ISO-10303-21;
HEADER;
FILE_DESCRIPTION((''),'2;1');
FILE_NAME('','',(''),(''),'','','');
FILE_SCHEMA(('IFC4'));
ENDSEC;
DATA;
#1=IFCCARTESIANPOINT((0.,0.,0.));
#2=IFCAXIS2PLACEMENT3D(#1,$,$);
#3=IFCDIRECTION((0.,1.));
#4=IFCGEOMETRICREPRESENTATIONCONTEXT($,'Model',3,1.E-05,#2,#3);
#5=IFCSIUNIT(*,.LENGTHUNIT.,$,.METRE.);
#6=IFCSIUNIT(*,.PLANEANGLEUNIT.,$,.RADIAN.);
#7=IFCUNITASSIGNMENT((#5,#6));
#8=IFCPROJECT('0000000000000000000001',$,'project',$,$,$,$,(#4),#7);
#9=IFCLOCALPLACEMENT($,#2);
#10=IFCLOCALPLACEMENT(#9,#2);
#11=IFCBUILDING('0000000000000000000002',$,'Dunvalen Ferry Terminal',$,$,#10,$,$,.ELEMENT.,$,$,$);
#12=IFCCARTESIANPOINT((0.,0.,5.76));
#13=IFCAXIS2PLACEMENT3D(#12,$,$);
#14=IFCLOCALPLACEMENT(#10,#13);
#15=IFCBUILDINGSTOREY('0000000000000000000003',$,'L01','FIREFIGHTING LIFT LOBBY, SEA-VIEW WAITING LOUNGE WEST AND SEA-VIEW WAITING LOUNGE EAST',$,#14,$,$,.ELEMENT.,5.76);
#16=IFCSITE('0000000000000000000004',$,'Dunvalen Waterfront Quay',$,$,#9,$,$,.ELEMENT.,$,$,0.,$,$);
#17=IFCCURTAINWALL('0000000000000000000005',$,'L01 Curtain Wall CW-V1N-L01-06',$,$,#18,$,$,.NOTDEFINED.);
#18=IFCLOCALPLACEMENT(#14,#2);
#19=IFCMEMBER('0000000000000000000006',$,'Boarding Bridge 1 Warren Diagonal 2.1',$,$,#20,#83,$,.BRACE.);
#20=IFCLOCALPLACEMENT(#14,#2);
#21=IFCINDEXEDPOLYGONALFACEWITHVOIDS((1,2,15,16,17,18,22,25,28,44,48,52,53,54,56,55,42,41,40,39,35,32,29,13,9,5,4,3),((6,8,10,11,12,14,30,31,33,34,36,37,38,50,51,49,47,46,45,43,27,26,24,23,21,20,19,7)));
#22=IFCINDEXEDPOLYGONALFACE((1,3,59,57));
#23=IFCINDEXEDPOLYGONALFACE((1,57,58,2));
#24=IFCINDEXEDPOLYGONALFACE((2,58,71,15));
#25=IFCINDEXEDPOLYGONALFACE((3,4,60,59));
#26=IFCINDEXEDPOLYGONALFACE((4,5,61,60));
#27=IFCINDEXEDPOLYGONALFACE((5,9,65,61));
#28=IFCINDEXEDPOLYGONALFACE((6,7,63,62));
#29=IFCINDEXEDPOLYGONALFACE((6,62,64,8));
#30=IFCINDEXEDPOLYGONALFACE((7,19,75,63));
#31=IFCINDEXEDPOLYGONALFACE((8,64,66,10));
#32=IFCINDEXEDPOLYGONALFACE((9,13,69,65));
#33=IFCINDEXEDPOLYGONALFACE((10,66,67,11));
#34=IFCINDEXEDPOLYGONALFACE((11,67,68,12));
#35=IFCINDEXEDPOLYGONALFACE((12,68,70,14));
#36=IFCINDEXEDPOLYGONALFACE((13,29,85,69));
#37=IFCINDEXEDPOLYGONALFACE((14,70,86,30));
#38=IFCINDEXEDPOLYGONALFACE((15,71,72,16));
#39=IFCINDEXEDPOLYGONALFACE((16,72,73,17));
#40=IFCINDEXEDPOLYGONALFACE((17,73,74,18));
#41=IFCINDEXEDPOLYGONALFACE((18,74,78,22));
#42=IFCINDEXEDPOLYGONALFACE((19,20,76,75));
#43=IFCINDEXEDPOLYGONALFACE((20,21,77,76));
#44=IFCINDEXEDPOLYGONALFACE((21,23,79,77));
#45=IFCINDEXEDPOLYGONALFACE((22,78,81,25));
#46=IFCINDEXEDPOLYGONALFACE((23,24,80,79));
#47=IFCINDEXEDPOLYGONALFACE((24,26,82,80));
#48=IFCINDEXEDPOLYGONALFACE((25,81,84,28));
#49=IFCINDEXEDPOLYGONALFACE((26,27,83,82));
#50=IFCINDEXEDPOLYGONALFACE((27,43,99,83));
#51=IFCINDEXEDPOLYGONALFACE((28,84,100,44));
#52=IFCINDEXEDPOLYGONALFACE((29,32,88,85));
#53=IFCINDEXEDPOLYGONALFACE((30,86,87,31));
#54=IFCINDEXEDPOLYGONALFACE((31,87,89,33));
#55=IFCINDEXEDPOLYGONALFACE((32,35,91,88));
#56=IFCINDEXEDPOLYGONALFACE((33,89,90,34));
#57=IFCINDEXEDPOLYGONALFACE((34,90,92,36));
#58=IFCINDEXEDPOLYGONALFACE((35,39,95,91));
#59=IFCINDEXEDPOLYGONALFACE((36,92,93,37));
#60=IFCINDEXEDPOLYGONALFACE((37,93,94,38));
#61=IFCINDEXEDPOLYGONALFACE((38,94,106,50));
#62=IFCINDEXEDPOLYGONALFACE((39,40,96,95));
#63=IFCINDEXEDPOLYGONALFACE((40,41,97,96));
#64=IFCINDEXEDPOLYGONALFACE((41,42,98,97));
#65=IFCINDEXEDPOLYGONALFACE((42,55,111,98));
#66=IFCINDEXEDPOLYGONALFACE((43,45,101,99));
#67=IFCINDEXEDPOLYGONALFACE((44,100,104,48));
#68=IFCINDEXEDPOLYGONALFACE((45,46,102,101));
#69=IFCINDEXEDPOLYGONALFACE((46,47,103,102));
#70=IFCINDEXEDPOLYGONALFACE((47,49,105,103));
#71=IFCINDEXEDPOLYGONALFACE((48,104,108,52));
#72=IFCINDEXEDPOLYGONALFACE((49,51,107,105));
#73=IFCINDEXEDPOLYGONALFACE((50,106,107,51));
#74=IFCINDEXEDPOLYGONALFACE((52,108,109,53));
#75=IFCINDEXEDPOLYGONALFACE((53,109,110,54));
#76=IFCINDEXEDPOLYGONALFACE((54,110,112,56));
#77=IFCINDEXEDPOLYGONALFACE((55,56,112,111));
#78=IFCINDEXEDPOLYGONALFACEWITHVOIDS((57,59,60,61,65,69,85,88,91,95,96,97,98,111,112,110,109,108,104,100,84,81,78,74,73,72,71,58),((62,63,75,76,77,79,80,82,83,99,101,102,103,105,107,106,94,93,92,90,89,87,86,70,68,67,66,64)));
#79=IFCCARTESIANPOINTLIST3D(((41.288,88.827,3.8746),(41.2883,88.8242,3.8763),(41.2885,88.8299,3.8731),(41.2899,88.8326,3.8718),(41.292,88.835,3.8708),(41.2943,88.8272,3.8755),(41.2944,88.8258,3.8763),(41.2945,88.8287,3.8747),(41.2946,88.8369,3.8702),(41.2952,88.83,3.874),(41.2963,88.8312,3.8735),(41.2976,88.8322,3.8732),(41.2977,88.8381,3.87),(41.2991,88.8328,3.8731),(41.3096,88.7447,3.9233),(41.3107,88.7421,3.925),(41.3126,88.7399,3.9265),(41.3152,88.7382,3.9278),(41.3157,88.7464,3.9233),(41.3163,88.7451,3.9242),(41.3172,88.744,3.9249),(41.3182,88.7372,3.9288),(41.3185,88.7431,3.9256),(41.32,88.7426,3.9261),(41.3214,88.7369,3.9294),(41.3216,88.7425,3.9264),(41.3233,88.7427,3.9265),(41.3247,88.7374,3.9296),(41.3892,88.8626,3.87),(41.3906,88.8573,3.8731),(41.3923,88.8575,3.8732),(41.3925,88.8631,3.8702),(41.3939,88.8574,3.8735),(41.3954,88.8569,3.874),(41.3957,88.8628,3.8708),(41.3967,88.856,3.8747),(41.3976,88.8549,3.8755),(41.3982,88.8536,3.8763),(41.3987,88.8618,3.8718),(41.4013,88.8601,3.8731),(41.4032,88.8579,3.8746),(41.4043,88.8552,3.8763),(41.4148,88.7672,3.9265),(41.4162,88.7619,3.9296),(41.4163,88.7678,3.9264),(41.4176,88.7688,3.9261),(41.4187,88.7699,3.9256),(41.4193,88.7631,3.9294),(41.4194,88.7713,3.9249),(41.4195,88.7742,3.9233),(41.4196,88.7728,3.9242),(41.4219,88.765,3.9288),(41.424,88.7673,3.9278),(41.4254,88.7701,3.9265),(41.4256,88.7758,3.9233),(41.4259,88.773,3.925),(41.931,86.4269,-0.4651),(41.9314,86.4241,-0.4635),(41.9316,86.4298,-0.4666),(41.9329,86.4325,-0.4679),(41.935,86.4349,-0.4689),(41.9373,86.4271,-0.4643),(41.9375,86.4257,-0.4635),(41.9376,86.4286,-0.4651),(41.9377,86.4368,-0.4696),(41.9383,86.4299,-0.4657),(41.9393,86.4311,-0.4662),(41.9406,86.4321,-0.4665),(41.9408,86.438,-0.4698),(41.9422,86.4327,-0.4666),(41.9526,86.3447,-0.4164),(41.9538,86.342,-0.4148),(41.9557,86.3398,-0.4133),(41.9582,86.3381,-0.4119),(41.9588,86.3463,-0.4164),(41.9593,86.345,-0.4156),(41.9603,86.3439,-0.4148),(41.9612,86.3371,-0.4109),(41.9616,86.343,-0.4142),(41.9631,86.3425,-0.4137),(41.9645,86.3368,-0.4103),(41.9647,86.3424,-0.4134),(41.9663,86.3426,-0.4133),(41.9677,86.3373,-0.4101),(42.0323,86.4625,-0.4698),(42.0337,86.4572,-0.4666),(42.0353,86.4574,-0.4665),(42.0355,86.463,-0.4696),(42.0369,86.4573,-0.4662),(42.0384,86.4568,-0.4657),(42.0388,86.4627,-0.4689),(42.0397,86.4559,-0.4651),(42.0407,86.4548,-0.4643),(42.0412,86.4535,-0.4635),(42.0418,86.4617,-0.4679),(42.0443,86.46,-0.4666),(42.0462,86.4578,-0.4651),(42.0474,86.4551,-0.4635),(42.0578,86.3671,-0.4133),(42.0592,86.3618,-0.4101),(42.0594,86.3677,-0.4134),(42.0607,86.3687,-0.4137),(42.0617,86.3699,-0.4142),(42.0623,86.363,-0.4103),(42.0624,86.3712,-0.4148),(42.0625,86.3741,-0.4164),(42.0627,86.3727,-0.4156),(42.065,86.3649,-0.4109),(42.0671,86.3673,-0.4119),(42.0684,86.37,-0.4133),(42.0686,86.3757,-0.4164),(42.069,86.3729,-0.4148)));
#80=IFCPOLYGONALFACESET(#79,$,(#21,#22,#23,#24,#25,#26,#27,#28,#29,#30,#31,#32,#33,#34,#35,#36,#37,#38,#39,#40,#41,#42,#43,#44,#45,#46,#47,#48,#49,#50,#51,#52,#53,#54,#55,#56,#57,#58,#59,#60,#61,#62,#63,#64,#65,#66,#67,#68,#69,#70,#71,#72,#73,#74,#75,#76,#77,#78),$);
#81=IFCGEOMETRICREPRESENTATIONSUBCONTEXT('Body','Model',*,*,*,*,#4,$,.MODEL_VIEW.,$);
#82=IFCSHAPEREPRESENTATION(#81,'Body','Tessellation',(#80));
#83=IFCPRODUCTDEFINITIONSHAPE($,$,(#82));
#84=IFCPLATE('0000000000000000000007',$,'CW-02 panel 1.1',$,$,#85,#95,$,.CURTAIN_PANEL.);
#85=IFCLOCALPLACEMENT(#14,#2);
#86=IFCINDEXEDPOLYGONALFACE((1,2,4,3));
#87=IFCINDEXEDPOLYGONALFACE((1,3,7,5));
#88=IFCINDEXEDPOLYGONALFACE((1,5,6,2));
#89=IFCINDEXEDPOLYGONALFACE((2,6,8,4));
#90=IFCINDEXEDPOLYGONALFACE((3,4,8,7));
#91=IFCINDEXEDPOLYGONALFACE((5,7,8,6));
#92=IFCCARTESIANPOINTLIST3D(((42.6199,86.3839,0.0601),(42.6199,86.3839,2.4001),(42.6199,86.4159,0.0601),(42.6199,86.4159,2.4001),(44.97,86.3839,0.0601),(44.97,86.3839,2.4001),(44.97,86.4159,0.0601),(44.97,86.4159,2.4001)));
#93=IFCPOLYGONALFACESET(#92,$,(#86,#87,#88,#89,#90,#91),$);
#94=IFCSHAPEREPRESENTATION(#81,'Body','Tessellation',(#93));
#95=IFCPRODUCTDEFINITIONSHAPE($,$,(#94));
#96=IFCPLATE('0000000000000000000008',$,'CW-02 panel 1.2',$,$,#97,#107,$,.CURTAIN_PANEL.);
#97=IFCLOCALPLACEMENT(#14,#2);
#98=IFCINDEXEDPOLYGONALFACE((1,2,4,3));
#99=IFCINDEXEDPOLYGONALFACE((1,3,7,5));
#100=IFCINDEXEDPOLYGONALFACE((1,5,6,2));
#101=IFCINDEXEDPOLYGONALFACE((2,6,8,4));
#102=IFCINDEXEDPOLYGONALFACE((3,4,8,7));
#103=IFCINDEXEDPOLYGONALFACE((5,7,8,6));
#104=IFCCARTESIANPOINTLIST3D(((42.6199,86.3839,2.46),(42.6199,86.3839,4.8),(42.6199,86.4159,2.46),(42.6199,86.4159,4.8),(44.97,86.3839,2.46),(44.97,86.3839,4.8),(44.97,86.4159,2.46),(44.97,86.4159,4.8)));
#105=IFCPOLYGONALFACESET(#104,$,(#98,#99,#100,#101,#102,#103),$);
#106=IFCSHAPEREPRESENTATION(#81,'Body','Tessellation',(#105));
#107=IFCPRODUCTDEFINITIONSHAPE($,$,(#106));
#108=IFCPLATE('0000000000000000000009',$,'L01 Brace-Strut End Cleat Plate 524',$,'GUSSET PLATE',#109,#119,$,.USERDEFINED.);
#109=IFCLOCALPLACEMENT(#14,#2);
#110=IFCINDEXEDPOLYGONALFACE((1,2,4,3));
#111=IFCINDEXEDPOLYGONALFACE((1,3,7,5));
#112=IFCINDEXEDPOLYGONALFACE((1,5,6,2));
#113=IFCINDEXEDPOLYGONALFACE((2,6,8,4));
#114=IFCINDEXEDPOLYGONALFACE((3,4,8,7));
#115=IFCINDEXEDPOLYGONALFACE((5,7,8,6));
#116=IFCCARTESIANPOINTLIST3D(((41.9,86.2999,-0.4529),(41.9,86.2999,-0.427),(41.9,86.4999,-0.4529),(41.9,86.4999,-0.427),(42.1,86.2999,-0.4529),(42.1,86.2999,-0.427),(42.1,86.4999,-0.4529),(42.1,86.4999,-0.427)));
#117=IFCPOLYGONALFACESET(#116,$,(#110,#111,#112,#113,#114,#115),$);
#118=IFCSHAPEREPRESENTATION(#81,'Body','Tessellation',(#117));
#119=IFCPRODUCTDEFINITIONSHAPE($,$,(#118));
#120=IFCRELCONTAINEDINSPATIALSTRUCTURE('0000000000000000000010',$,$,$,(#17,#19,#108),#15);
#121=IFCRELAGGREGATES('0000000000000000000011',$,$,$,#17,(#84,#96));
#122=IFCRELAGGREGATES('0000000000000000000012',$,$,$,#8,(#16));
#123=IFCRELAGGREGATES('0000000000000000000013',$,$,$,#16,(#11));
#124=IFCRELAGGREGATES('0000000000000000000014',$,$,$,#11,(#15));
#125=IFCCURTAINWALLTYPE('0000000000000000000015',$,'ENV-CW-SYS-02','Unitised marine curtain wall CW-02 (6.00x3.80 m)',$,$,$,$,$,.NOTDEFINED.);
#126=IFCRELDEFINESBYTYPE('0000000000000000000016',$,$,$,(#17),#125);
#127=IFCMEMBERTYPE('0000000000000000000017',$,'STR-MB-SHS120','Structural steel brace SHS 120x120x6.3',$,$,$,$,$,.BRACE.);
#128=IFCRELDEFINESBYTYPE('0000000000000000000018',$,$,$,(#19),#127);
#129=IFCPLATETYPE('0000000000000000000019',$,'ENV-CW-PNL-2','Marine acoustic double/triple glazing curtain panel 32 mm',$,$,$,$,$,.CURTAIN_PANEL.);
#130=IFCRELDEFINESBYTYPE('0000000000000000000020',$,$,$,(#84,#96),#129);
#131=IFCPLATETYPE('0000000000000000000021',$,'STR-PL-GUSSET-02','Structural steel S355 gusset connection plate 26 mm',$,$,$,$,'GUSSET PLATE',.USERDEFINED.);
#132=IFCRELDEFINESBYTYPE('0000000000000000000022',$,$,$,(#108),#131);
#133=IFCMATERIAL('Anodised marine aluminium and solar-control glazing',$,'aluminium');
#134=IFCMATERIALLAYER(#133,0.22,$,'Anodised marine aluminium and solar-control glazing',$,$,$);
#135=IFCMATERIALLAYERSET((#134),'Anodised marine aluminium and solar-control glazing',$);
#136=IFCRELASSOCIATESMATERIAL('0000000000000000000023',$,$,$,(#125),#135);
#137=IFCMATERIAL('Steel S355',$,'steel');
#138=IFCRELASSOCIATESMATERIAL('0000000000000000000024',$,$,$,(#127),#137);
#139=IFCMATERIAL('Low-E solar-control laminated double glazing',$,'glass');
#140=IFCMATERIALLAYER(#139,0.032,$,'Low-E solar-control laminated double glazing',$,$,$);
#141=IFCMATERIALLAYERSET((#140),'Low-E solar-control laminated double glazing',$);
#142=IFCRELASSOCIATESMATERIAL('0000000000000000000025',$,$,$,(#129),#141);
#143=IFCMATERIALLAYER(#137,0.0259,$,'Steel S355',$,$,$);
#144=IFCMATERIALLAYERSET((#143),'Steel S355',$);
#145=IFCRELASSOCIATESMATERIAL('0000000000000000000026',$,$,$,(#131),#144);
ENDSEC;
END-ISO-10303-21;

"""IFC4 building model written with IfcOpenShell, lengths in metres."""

from ifc_helpers import new_model, si_unit, direction, frame, origin, origin_2d, place, context, subcontext, project, spatial, rectangle, hollow_rectangle, extrude, material, layer, layer_set, material_profile, profile_set, type_object, element, aggregate, save


model = new_model("IFC4")

# Units and contexts
model_context = context("Model", 3, precision=1e-05, world=origin(), true_north=direction((0.0, 1.0)))
body_context = subcontext(model_context, "Body", "Model", "MODEL_VIEW")
ifc_project = project(units=[si_unit("LENGTHUNIT", "METRE"), si_unit("PLANEANGLEUNIT", "RADIAN")], contexts=[model_context])

# Site, building, storey
site_placement = place(None, origin())
site = spatial("IfcSite", under=ifc_project, at=site_placement, Name="Dunvalen Waterfront Quay", CompositionType="ELEMENT", RefElevation=0.0)
building_placement = place(site_placement, origin())
building = spatial("IfcBuilding", under=site, at=building_placement, Name="Dunvalen Ferry Terminal", CompositionType="ELEMENT")
storey_placement = place(building_placement, frame((0.0, 0.0, 5.76)))
storey = spatial("IfcBuildingStorey", under=building, at=storey_placement, Name="L01", Description="FIREFIGHTING LIFT LOBBY, SEA-VIEW WAITING LOUNGE WEST AND SEA-VIEW WAITING LOUNGE EAST", CompositionType="ELEMENT", Elevation=5.76)

# Curtain wall
ifc_material_1 = material(Name="Anodised marine aluminium and solar-control glazing", Category="aluminium")
ifc_layer_1 = layer(ifc_material_1, 0.22, Name="Anodised marine aluminium and solar-control glazing")
ifc_layer_set_1 = layer_set([ifc_layer_1], Name="Anodised marine aluminium and solar-control glazing")
curtain_wall_type = type_object("IfcCurtainWallType", Name="ENV-CW-SYS-02", Description="Unitised marine curtain wall CW-02 (6.00x3.80 m)", PredefinedType="NOTDEFINED", material=ifc_layer_set_1)
curtain_wall_placement = place(storey_placement, origin())
curtain_wall = element("IfcCurtainWall", 1, at=curtain_wall_placement, inside=storey, type_object=curtain_wall_type, Name="L01 Curtain Wall CW-V1N-L01-06", PredefinedType="NOTDEFINED")

# Shared definitions
ifc_material_2 = material(Name="Steel S355", Category="steel")

# Member
ifc_material_profile_1 = material_profile(ifc_material_2, hollow_rectangle(XDim=0.1201, YDim=0.1201, WallThickness=0.0063, InnerFilletRadius=0.0063, OuterFilletRadius=0.0127, at=origin_2d()), Name="Steel S355")
ifc_profile_set_1 = profile_set([ifc_material_profile_1], Name="Steel S355")
member_type_1 = type_object("IfcMemberType", Name="STR-MB-SHS120", Description="Structural steel brace SHS 120x120x6.3", PredefinedType="BRACE", material=ifc_profile_set_1)
member_1_placement = place(storey_placement, frame((42.0, 86.3999, -0.4399), z_axis=(-0.128591, 0.479948, 0.867822), x_axis=(-0.965931, -0.2588, 0.0)))
element("IfcMember", 2, at=member_1_placement, inside=storey, type_object=member_type_1, Name="Boarding Bridge 1 Warren Diagonal 2.1", PredefinedType="BRACE", context=body_context, shape_type="SweptSolid", body=[
    extrude(hollow_rectangle(XDim=0.1201, YDim=0.1201, WallThickness=0.0063, InnerFilletRadius=0.0063, OuterFilletRadius=0.0127, at=origin_2d()), origin(), (0.0, 0.0, 1.0), 5.0007),
])

# Plates
ifc_material_3 = material(Name="Low-E solar-control laminated double glazing", Category="glass")
ifc_layer_2 = layer(ifc_material_3, 0.032, Name="Low-E solar-control laminated double glazing")
ifc_layer_set_2 = layer_set([ifc_layer_2], Name="Low-E solar-control laminated double glazing")
plate_type_1 = type_object("IfcPlateType", Name="ENV-CW-PNL-2", Description="Marine acoustic double/triple glazing curtain panel 32 mm", PredefinedType="CURTAIN_PANEL", material=ifc_layer_set_2)
plate_1_placement = place(storey_placement, frame((43.7949, 86.3999, 0.0601), z_axis=(0.0, 0.0, 1.0), x_axis=(1.0, 0.0, 0.0)))
plate_1 = element("IfcPlate", 3, at=plate_1_placement, type_object=plate_type_1, Name="CW-02 panel 1.1", PredefinedType="CURTAIN_PANEL", context=body_context, shape_type="SweptSolid", body=[
    extrude(rectangle(XDim=2.3501, YDim=0.032, at=origin_2d()), origin(), (0.0, 0.0, 1.0), 2.3401),
])
plate_2_placement = place(storey_placement, frame((43.7949, 86.3999, 2.46), z_axis=(0.0, 0.0, 1.0), x_axis=(1.0, 0.0, 0.0)))
plate_2 = element("IfcPlate", 4, at=plate_2_placement, type_object=plate_type_1, Name="CW-02 panel 1.2", PredefinedType="CURTAIN_PANEL", context=body_context, shape_type="SweptSolid", body=[
    extrude(rectangle(XDim=2.3501, YDim=0.032, at=origin_2d()), origin(), (0.0, 0.0, 1.0), 2.3401),
])
aggregate(curtain_wall, [plate_1, plate_2])
ifc_layer_3 = layer(ifc_material_2, 0.0259, Name="Steel S355")
ifc_layer_set_3 = layer_set([ifc_layer_3], Name="Steel S355")
plate_type_2 = type_object("IfcPlateType", Name="STR-PL-GUSSET-02", Description="Structural steel S355 gusset connection plate 26 mm", ElementType="GUSSET PLATE", PredefinedType="USERDEFINED", material=ifc_layer_set_3)
plate_3_placement = place(storey_placement, frame((42.0, 86.3999, -0.4529), z_axis=(0.0, 0.0, 1.0), x_axis=(1.0, 0.0, 0.0)))
element("IfcPlate", 5, at=plate_3_placement, inside=storey, type_object=plate_type_2, Name="L01 Brace-Strut End Cleat Plate 524", ObjectType="GUSSET PLATE", PredefinedType="USERDEFINED", context=body_context, shape_type="SweptSolid", body=[
    extrude(rectangle(XDim=0.2, YDim=0.2, at=origin_2d()), origin(), (0.0, 0.0, 1.0), 0.0259),
])

save(model, "model.ifc")
